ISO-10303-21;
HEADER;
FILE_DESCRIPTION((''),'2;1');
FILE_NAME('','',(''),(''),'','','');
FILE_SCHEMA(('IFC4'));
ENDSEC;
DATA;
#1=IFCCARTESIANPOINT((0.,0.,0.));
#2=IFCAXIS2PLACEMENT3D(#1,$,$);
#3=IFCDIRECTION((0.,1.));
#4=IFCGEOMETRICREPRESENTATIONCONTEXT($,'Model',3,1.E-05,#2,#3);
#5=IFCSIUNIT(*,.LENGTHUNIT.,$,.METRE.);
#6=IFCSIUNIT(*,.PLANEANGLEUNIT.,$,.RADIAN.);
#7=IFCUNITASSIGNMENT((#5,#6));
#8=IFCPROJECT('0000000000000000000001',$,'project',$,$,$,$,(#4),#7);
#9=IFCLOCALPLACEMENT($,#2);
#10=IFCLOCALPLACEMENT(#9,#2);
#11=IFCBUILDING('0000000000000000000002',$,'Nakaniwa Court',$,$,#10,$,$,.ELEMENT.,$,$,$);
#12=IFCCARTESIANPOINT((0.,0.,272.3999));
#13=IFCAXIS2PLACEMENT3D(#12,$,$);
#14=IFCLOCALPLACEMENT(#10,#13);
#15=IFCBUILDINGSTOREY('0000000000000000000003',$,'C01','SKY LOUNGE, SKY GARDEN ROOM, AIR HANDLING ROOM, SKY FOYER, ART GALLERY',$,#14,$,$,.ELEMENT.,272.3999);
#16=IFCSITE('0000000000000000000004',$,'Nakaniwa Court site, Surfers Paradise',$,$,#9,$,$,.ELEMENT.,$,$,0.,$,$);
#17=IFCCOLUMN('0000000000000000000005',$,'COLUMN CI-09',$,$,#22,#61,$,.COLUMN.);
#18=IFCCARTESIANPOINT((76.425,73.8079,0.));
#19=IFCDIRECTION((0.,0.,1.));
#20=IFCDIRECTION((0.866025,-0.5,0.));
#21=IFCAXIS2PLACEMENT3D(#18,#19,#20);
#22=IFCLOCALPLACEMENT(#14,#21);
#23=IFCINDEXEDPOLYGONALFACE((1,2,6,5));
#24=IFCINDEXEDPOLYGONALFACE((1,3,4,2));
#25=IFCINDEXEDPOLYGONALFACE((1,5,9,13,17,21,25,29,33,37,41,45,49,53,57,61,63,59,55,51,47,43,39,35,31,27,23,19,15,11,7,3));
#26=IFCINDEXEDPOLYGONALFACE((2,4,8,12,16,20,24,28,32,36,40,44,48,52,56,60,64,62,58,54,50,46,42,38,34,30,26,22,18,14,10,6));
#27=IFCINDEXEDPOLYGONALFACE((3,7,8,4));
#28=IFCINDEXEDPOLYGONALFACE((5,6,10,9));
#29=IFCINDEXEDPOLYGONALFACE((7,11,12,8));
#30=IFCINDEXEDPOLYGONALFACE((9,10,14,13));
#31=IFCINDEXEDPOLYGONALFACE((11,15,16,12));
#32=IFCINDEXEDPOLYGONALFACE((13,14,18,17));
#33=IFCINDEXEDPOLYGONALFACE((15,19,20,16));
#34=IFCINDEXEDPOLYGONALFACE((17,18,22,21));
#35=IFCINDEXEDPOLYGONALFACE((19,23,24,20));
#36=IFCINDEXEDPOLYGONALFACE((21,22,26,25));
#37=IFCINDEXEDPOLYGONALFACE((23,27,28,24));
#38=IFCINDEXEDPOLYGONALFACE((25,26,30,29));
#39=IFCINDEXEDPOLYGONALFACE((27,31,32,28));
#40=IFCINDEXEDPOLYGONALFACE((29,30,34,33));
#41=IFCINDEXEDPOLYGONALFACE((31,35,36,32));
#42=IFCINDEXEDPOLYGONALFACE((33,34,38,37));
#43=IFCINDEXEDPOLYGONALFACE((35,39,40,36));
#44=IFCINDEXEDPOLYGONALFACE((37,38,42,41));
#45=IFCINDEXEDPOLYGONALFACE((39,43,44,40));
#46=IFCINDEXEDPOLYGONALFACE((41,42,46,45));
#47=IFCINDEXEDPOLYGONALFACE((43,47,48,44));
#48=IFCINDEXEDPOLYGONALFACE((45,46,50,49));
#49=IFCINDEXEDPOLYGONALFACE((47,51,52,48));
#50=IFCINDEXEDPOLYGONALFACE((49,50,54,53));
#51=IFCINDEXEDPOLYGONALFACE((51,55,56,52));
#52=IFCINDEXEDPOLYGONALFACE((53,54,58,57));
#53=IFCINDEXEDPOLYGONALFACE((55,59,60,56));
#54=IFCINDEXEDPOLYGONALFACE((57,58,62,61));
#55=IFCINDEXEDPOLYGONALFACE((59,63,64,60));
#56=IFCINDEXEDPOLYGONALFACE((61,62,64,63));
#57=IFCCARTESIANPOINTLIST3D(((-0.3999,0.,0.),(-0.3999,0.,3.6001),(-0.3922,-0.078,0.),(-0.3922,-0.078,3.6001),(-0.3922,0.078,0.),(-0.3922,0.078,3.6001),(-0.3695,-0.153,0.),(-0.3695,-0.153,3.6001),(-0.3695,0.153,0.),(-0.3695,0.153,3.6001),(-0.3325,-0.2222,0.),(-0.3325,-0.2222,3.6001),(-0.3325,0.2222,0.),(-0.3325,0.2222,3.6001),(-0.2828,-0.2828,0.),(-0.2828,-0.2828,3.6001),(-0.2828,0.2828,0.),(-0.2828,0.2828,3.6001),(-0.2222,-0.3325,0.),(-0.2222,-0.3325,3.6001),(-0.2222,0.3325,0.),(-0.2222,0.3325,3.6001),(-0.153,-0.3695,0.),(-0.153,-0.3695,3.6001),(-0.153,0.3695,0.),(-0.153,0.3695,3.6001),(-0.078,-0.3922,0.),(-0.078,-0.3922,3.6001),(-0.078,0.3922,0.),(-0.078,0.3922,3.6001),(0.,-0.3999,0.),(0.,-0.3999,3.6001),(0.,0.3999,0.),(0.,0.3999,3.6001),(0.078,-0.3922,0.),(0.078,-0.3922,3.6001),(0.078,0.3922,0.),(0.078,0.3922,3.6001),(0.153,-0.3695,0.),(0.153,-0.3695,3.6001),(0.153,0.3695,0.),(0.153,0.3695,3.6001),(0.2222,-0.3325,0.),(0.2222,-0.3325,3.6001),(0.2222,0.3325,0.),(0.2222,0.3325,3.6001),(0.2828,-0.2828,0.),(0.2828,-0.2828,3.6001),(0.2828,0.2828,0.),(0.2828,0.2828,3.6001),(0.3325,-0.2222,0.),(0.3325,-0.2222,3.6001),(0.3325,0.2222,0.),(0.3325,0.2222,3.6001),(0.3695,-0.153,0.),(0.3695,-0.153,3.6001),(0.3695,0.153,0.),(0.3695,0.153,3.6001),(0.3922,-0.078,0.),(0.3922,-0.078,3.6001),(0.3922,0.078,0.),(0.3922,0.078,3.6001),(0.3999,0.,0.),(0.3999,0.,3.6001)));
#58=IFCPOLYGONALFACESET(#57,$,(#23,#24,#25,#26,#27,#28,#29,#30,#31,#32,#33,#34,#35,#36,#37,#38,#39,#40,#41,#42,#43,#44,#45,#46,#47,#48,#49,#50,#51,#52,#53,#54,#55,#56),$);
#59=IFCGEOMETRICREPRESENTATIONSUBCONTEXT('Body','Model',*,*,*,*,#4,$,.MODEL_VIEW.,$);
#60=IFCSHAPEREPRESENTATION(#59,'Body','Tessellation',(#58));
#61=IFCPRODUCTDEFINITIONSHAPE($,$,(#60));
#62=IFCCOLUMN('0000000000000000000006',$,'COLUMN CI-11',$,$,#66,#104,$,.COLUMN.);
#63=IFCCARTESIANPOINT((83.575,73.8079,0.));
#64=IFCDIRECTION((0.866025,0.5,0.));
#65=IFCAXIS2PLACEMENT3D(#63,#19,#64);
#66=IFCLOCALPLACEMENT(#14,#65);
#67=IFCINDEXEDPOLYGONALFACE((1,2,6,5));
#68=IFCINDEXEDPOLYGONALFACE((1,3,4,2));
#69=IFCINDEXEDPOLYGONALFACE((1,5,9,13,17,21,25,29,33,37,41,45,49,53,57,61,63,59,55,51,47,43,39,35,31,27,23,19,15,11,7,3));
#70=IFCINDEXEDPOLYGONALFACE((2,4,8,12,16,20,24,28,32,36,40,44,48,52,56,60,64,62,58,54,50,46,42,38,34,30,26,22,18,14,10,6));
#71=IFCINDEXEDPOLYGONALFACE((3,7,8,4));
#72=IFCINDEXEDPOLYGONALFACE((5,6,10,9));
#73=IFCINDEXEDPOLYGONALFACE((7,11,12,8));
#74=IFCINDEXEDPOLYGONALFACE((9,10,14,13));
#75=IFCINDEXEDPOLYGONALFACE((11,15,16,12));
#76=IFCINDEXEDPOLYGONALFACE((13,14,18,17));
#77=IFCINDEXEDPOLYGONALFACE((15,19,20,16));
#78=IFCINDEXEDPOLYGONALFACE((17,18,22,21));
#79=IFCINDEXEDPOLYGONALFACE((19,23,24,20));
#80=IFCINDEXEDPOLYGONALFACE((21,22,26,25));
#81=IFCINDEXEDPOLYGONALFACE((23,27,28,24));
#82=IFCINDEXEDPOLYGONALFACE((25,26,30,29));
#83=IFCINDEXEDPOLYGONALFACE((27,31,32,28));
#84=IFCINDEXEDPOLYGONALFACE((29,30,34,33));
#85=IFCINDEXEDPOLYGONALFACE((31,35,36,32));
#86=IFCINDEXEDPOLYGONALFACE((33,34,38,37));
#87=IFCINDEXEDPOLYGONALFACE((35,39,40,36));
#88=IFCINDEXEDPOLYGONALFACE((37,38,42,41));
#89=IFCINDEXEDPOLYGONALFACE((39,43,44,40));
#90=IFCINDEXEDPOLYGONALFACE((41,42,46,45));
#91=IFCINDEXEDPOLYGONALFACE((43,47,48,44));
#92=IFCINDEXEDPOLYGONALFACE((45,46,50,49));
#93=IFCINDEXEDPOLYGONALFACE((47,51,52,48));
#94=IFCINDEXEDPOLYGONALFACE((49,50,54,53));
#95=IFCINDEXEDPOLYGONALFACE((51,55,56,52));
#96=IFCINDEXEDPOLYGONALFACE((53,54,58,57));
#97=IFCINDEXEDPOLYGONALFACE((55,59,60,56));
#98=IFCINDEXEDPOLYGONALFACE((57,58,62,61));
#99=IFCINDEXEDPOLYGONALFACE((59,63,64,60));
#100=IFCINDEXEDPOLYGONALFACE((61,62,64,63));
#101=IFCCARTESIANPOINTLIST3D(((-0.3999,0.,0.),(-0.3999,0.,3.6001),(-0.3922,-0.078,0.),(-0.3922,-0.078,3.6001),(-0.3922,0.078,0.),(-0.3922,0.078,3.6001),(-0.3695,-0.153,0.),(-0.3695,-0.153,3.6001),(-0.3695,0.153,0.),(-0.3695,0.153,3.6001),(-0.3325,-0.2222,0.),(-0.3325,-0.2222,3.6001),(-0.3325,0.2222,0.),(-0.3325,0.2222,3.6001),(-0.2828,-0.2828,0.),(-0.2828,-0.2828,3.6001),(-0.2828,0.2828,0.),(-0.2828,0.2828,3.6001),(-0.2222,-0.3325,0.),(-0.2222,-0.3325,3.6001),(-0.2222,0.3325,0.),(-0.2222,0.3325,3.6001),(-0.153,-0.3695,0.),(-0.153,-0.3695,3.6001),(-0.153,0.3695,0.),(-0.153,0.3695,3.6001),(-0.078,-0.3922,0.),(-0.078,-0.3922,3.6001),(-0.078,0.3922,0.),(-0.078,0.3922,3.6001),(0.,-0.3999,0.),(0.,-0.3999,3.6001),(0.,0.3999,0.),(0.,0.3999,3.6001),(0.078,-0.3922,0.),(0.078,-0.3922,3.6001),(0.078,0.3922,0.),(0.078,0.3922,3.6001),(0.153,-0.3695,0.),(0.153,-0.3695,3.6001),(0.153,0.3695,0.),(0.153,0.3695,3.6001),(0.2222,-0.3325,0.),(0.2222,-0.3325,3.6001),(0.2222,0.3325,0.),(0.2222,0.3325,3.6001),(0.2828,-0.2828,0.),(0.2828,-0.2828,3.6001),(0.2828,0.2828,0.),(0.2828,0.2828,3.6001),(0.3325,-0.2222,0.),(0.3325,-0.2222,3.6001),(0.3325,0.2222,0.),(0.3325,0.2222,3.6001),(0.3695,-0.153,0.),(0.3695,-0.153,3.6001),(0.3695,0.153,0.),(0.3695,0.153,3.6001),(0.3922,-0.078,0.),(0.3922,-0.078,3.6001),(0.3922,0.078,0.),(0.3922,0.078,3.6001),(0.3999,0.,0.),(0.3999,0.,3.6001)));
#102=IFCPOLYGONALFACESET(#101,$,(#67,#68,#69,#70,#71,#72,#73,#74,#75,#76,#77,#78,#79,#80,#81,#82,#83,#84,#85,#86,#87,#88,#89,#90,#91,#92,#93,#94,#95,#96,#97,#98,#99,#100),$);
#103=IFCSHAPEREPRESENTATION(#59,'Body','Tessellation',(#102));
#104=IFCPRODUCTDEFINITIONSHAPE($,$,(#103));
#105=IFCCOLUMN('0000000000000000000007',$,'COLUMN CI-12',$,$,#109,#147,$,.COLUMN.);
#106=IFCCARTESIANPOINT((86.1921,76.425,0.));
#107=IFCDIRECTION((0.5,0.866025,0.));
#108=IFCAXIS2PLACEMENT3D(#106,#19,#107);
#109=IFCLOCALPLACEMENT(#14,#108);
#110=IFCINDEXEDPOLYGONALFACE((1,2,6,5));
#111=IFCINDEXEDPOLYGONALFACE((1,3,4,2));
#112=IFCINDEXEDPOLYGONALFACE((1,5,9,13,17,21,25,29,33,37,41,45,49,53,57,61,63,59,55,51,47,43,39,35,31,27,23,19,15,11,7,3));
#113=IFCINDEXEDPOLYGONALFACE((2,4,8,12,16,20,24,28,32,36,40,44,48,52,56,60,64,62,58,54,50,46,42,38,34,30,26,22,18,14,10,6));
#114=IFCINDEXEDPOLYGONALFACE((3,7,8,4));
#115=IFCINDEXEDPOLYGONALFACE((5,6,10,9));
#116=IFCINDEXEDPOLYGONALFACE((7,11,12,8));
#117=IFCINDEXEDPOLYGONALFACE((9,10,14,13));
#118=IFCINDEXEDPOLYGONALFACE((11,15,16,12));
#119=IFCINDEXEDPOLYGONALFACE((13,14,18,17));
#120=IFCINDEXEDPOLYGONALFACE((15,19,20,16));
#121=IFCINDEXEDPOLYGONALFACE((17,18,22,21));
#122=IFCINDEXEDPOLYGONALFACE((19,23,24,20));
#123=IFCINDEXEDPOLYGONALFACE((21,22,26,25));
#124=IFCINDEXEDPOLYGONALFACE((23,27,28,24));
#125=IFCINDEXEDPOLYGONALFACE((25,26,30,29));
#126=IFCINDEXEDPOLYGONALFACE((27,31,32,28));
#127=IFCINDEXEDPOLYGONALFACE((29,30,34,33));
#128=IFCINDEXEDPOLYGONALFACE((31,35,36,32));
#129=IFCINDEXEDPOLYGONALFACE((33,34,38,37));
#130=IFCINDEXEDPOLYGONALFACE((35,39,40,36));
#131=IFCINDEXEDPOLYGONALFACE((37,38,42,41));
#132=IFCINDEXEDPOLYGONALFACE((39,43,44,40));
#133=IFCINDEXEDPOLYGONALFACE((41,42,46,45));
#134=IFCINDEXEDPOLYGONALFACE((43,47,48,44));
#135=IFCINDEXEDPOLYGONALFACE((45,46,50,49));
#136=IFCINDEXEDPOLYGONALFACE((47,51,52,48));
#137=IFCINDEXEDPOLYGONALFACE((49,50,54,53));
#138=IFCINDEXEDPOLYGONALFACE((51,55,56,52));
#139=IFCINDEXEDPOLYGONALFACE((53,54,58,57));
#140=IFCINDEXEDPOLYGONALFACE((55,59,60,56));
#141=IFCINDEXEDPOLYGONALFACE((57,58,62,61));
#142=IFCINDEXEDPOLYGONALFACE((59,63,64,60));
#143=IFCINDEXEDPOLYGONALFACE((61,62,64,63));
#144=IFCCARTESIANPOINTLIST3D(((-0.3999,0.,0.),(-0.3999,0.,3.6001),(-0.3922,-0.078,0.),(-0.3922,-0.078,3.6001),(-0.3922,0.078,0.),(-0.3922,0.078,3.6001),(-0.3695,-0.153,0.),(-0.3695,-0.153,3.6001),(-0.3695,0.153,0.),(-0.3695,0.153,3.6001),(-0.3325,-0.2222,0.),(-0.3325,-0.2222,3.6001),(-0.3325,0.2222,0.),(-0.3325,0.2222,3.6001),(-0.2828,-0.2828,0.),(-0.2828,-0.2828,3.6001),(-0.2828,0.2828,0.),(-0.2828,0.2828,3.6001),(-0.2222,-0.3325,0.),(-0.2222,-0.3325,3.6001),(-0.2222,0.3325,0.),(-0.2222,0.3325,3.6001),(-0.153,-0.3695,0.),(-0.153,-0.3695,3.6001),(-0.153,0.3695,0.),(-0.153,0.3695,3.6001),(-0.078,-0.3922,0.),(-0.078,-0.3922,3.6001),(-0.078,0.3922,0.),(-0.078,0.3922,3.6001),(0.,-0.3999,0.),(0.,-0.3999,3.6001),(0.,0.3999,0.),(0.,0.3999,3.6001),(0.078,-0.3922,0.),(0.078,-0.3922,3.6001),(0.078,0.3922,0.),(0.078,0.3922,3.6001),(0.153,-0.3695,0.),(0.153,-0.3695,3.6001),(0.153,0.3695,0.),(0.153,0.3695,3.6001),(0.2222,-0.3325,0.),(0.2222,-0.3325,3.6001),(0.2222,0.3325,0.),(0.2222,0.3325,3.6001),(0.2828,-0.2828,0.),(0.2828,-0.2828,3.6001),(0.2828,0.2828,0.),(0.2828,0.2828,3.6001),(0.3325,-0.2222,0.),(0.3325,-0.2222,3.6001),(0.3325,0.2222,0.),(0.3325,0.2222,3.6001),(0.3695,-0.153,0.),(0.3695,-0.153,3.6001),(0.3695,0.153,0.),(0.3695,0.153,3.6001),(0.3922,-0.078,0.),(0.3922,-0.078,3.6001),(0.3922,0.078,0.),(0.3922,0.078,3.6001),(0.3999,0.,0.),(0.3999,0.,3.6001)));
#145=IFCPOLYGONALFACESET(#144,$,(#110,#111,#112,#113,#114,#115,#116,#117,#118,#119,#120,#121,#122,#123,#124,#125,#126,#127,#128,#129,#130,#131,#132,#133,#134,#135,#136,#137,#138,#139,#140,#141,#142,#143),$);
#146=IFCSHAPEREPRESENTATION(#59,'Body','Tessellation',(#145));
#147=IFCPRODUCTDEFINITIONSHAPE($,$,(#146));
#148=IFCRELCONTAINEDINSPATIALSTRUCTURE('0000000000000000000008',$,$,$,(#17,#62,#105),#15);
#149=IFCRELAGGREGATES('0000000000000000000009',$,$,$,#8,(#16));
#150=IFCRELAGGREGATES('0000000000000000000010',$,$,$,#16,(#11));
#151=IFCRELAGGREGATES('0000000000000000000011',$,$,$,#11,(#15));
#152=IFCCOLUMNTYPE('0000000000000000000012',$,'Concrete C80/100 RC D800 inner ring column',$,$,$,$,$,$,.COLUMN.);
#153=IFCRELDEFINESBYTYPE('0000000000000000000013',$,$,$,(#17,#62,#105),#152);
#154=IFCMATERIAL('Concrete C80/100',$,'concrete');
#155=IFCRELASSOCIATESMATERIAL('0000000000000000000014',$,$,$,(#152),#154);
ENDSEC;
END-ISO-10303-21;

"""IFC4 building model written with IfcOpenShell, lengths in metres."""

from ifc_helpers import new_model, si_unit, direction, frame, origin, origin_2d, place, context, subcontext, project, spatial, circle, extrude, material, material_profile, profile_set, type_object, element, save


model = new_model("IFC4")

# Units and contexts
model_context = context("Model", 3, precision=1e-05, world=origin(), true_north=direction((0.0, 1.0)))
body_context = subcontext(model_context, "Body", "Model", "MODEL_VIEW")
ifc_project = project(units=[si_unit("LENGTHUNIT", "METRE"), si_unit("PLANEANGLEUNIT", "RADIAN")], contexts=[model_context])

# Site, building, storey
site_placement = place(None, origin())
site = spatial("IfcSite", under=ifc_project, at=site_placement, Name="Nakaniwa Court site, Surfers Paradise", CompositionType="ELEMENT", RefElevation=0.0)
building_placement = place(site_placement, origin())
building = spatial("IfcBuilding", under=site, at=building_placement, Name="Nakaniwa Court", CompositionType="ELEMENT")
storey_placement = place(building_placement, frame((0.0, 0.0, 272.3999)))
storey = spatial("IfcBuildingStorey", under=building, at=storey_placement, Name="C01", Description="SKY LOUNGE, SKY GARDEN ROOM, AIR HANDLING ROOM, SKY FOYER, ART GALLERY", CompositionType="ELEMENT", Elevation=272.3999)

# Columns
ifc_material_1 = material(Name="Concrete C80/100", Category="concrete")
ifc_material_profile_1 = material_profile(ifc_material_1, circle(Radius=0.3999, at=origin_2d()), Name="Concrete C80/100 RC D800 inner ring column")
ifc_profile_set_1 = profile_set([ifc_material_profile_1], Name="Concrete C80/100")
column_type_1 = type_object("IfcColumnType", Name="Concrete C80/100 RC D800 inner ring column", PredefinedType="COLUMN", material=ifc_profile_set_1)
for number, where, z_axis, x_axis, name in (
    (1, (76.425, 73.8079, 0.0), (0.0, 0.0, 1.0), (0.866025, -0.5, 0.0), "COLUMN CI-09"),
    (2, (83.575, 73.8079, 0.0), (0.0, 0.0, 1.0), (0.866025, 0.5, 0.0), "COLUMN CI-11"),
    (3, (86.1921, 76.425, 0.0), (0.0, 0.0, 1.0), (0.5, 0.866025, 0.0), "COLUMN CI-12"),
):
    element("IfcColumn", number, at=place(storey_placement, frame(where, z_axis=z_axis, x_axis=x_axis)), inside=storey, type_object=column_type_1, Name=name, PredefinedType="COLUMN", context=body_context, shape_type="SweptSolid", body=[
        extrude(circle(Radius=0.3999, at=origin_2d()), origin(), (0.0, 0.0, 1.0), 3.6001),
    ])

save(model, "model.ifc")
